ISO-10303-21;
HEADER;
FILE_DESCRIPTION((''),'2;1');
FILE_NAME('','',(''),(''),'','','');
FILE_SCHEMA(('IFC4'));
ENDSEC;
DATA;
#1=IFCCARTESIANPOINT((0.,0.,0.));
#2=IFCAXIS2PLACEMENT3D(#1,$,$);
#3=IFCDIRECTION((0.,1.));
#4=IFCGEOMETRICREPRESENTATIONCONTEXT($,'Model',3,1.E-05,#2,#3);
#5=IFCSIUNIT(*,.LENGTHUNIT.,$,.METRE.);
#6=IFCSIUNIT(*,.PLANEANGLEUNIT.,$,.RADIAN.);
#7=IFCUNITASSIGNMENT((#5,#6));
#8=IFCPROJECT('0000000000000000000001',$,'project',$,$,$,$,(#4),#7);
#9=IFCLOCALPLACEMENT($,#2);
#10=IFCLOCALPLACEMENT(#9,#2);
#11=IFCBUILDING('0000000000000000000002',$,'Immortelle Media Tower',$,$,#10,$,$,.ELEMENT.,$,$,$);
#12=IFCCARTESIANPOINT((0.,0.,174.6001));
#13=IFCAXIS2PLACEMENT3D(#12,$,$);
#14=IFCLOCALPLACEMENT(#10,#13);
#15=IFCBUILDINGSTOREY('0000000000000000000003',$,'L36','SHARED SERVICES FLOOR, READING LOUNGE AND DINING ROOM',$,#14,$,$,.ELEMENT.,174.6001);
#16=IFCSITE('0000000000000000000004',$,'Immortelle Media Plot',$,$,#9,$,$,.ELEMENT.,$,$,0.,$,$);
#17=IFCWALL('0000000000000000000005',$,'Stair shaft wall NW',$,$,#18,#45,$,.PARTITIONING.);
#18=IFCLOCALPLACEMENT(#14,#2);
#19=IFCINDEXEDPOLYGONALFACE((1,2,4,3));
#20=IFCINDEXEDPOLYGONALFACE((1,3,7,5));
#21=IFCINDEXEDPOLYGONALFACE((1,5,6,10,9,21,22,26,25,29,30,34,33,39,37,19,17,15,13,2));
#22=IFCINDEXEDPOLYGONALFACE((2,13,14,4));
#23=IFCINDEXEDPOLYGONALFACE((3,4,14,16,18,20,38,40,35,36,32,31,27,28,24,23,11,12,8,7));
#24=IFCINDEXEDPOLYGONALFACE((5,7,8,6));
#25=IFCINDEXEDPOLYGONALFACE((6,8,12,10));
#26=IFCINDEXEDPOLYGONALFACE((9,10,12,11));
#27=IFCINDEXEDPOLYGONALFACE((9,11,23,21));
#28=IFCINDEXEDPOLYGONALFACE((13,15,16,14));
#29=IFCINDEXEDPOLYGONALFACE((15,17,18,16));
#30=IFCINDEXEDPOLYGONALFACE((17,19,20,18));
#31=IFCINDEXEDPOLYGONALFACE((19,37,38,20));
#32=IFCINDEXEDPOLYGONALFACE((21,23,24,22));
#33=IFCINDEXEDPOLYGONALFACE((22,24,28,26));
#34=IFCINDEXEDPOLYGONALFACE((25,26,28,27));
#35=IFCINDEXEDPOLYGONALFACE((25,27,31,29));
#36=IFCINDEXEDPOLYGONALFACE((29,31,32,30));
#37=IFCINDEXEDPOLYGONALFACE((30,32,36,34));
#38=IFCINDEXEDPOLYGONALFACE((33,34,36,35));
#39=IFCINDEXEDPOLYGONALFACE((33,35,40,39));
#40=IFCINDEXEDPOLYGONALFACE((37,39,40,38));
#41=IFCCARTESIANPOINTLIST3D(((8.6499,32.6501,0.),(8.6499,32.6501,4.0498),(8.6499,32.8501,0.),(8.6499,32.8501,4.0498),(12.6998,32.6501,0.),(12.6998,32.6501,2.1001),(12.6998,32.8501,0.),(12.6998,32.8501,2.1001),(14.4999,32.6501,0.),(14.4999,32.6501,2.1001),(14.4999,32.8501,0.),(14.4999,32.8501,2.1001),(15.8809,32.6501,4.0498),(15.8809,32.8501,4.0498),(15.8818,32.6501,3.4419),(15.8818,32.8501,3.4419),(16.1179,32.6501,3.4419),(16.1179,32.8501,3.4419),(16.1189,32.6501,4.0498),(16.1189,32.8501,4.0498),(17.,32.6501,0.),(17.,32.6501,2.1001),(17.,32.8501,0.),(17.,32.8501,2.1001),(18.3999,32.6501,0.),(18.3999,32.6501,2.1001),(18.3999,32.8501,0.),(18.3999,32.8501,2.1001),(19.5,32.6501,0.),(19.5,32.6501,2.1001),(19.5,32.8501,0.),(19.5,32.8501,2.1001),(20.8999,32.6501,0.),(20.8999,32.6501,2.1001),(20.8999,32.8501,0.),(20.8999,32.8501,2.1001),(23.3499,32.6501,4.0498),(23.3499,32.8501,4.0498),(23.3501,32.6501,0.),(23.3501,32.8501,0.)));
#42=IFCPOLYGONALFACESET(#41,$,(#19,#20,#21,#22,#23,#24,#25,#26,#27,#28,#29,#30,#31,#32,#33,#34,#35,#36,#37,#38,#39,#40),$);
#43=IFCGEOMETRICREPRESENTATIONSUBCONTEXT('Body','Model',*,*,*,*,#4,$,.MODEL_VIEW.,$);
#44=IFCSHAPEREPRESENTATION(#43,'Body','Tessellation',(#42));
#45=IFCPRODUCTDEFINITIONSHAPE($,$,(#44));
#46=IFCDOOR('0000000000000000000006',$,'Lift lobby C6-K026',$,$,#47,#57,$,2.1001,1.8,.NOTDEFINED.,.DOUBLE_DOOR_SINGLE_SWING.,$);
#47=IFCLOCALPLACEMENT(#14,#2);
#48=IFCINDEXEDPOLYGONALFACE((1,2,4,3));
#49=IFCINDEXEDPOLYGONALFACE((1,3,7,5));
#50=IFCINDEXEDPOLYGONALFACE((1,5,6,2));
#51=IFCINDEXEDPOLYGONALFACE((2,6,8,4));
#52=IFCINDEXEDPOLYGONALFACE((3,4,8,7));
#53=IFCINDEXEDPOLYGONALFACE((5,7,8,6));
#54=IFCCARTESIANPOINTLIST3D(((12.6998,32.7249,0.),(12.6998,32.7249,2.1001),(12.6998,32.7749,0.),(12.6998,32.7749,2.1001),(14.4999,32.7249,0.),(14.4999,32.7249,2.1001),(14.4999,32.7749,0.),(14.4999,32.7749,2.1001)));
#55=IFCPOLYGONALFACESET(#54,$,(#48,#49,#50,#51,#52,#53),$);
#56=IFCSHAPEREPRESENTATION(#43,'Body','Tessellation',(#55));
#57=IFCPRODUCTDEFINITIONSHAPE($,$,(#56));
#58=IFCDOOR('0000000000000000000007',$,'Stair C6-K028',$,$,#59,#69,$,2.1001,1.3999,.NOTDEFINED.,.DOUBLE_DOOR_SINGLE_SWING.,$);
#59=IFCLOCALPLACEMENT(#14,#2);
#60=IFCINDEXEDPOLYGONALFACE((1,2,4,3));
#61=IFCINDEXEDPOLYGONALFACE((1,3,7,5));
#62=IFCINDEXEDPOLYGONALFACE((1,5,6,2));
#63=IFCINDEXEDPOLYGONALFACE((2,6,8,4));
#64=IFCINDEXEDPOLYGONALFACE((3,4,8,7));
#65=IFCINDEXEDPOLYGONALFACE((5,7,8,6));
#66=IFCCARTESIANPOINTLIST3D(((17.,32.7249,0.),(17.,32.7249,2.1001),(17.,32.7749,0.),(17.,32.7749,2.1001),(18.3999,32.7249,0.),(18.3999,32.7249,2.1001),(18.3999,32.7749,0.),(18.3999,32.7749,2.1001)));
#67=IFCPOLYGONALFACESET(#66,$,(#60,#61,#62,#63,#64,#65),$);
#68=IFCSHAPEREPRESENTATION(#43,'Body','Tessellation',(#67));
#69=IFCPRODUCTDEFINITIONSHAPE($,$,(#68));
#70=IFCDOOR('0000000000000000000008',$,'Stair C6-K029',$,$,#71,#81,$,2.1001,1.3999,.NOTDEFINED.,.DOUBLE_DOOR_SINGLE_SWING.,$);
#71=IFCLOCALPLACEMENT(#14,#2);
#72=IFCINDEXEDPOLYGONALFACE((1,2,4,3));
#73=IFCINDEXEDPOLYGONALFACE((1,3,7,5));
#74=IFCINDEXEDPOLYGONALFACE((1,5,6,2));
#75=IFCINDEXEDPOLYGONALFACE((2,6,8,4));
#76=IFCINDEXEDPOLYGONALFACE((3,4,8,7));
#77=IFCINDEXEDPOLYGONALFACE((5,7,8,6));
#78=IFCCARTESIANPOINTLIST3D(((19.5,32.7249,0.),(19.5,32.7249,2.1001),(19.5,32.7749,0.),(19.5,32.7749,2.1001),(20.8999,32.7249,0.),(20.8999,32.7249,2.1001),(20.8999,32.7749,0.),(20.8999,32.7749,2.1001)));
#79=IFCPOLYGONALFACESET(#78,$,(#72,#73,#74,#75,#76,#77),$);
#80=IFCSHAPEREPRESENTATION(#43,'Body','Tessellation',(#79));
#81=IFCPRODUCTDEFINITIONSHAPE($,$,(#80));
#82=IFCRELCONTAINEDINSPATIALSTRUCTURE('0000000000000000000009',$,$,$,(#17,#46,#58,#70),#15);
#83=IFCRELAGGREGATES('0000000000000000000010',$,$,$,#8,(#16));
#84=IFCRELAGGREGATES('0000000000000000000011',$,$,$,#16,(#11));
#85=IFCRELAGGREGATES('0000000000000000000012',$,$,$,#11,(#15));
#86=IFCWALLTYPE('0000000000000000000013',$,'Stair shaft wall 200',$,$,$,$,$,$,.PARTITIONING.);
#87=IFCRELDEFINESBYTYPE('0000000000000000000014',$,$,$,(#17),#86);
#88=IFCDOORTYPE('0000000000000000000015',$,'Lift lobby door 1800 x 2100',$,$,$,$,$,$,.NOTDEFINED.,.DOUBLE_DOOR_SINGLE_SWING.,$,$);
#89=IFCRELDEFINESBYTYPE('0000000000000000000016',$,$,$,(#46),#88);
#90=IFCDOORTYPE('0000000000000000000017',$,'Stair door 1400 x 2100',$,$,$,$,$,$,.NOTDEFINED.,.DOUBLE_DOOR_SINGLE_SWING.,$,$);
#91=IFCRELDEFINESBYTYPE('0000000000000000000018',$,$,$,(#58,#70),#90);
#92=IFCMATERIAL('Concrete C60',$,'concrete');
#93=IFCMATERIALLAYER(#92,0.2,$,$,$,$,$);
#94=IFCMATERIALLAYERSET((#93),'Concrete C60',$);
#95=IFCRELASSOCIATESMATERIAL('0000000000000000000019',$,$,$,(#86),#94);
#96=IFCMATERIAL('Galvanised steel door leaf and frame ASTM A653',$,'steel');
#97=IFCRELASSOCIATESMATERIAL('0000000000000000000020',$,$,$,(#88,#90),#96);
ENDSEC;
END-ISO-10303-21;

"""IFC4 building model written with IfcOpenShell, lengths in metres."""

from ifc_helpers import new_model, si_unit, direction, frame, frame_2d, origin, place, context, subcontext, project, spatial, polyline, rectangle, outline, extrude, material, layer, layer_set, type_object, element, fill, save


model = new_model("IFC4")

# Units and contexts
model_context = context("Model", 3, precision=1e-05, world=origin(), true_north=direction((0.0, 1.0)))
body_context = subcontext(model_context, "Body", "Model", "MODEL_VIEW")
ifc_project = project(units=[si_unit("LENGTHUNIT", "METRE"), si_unit("PLANEANGLEUNIT", "RADIAN")], contexts=[model_context])

# Site, building, storey
site_placement = place(None, origin())
site = spatial("IfcSite", under=ifc_project, at=site_placement, Name="Immortelle Media Plot", CompositionType="ELEMENT", RefElevation=0.0)
building_placement = place(site_placement, origin())
building = spatial("IfcBuilding", under=site, at=building_placement, Name="Immortelle Media Tower", CompositionType="ELEMENT")
storey_placement = place(building_placement, frame((0.0, 0.0, 174.6001)))
storey = spatial("IfcBuildingStorey", under=building, at=storey_placement, Name="L36", Description="SHARED SERVICES FLOOR, READING LOUNGE AND DINING ROOM", CompositionType="ELEMENT", Elevation=174.6001)

# Shared definitions
ifc_material_1 = material(Name="Galvanised steel door leaf and frame ASTM A653", Category="steel")

# Wall, openings, doors
ifc_material_2 = material(Name="Concrete C60", Category="concrete")
ifc_layer_1 = layer(ifc_material_2, 0.2)
ifc_layer_set_1 = layer_set([ifc_layer_1], Name="Concrete C60")
wall_type_1 = type_object("IfcWallType", Name="Stair shaft wall 200", PredefinedType="PARTITIONING", material=ifc_layer_set_1)
wall_1_placement = place(storey_placement, frame((8.6499, 32.75, 0.0), z_axis=(0.0, 0.0, 1.0), x_axis=(1.0, 0.0, 0.0)))
wall_1 = element("IfcWall", 1, at=wall_1_placement, inside=storey, type_object=wall_type_1, Name="Stair shaft wall NW", PredefinedType="PARTITIONING", context=body_context, shape_type="SweptSolid", body=[
    extrude(outline(polyline([(0.0, 0.0), (14.7002, 0.0), (14.7, 4.0498), (7.469, 4.0498), (7.468, 3.4419), (7.2319, 3.4419), (7.231, 4.0498), (0.0, 4.0498), (0.0, 0.0)])), frame((0.0, 0.1001, 0.0), z_axis=(0.0, -1.0, 0.0), x_axis=(1.0, 0.0, 0.0)), (0.0, 0.0, 1.0), 0.2),
])
opening_1_placement = place(wall_1_placement, frame((4.05, 0.0, 0.0)))
opening_1 = element("IfcOpeningElement", 2, at=opening_1_placement, cuts=wall_1, PredefinedType="OPENING", context=body_context, shape_type="SweptSolid", body=[
    extrude(rectangle(XDim=1.8, YDim=2.1001, at=frame_2d((0.8999, 1.05))), frame((0.0, 0.1099, 0.0), z_axis=(0.0, -1.0, 0.0), x_axis=(1.0, 0.0, 0.0)), (0.0, 0.0, 1.0), 0.22),
])
opening_2_placement = place(wall_1_placement, frame((8.3501, 0.0, 0.0)))
opening_2 = element("IfcOpeningElement", 3, at=opening_2_placement, cuts=wall_1, PredefinedType="OPENING", context=body_context, shape_type="SweptSolid", body=[
    extrude(rectangle(XDim=1.3999, YDim=2.1001, at=frame_2d((0.7, 1.05))), frame((0.0, 0.1099, 0.0), z_axis=(0.0, -1.0, 0.0), x_axis=(1.0, 0.0, 0.0)), (0.0, 0.0, 1.0), 0.22),
])
opening_3_placement = place(wall_1_placement, frame((10.8501, 0.0, 0.0)))
opening_3 = element("IfcOpeningElement", 4, at=opening_3_placement, cuts=wall_1, PredefinedType="OPENING", context=body_context, shape_type="SweptSolid", body=[
    extrude(rectangle(XDim=1.3999, YDim=2.1001, at=frame_2d((0.7, 1.05))), frame((0.0, 0.1099, 0.0), z_axis=(0.0, -1.0, 0.0), x_axis=(1.0, 0.0, 0.0)), (0.0, 0.0, 1.0), 0.22),
])
door_type_1 = type_object("IfcDoorType", Name="Lift lobby door 1800 x 2100", OperationType="DOUBLE_DOOR_SINGLE_SWING", PredefinedType="NOTDEFINED", material=ifc_material_1)
door_1_placement = place(opening_1_placement, origin())
door_1 = element("IfcDoor", 5, at=door_1_placement, inside=storey, type_object=door_type_1, Name="Lift lobby C6-K026", OperationType="DOUBLE_DOOR_SINGLE_SWING", OverallHeight=2.1001, OverallWidth=1.8, PredefinedType="NOTDEFINED", context=body_context, shape_type="SweptSolid", body=[
    extrude(rectangle(XDim=1.8, YDim=2.1001, at=frame_2d((0.8999, 1.05))), frame((0.0, 0.0249, 0.0), z_axis=(0.0, -1.0, 0.0), x_axis=(1.0, 0.0, 0.0)), (0.0, 0.0, 1.0), 0.05),
])
fill(opening_1, door_1)
door_type_2 = type_object("IfcDoorType", Name="Stair door 1400 x 2100", OperationType="DOUBLE_DOOR_SINGLE_SWING", PredefinedType="NOTDEFINED", material=ifc_material_1)
door_2_placement = place(opening_2_placement, origin())
door_2 = element("IfcDoor", 6, at=door_2_placement, inside=storey, type_object=door_type_2, Name="Stair C6-K028", OperationType="DOUBLE_DOOR_SINGLE_SWING", OverallHeight=2.1001, OverallWidth=1.3999, PredefinedType="NOTDEFINED", context=body_context, shape_type="SweptSolid", body=[
    extrude(rectangle(XDim=1.3999, YDim=2.1001, at=frame_2d((0.7, 1.05))), frame((0.0, 0.0249, 0.0), z_axis=(0.0, -1.0, 0.0), x_axis=(1.0, 0.0, 0.0)), (0.0, 0.0, 1.0), 0.05),
])
fill(opening_2, door_2)
door_3_placement = place(opening_3_placement, origin())
door_3 = element("IfcDoor", 7, at=door_3_placement, inside=storey, type_object=door_type_2, Name="Stair C6-K029", OperationType="DOUBLE_DOOR_SINGLE_SWING", OverallHeight=2.1001, OverallWidth=1.3999, PredefinedType="NOTDEFINED", context=body_context, shape_type="SweptSolid", body=[
    extrude(rectangle(XDim=1.3999, YDim=2.1001, at=frame_2d((0.7, 1.05))), frame((0.0, 0.0249, 0.0), z_axis=(0.0, -1.0, 0.0), x_axis=(1.0, 0.0, 0.0)), (0.0, 0.0, 1.0), 0.05),
])
fill(opening_3, door_3)

save(model, "model.ifc")
